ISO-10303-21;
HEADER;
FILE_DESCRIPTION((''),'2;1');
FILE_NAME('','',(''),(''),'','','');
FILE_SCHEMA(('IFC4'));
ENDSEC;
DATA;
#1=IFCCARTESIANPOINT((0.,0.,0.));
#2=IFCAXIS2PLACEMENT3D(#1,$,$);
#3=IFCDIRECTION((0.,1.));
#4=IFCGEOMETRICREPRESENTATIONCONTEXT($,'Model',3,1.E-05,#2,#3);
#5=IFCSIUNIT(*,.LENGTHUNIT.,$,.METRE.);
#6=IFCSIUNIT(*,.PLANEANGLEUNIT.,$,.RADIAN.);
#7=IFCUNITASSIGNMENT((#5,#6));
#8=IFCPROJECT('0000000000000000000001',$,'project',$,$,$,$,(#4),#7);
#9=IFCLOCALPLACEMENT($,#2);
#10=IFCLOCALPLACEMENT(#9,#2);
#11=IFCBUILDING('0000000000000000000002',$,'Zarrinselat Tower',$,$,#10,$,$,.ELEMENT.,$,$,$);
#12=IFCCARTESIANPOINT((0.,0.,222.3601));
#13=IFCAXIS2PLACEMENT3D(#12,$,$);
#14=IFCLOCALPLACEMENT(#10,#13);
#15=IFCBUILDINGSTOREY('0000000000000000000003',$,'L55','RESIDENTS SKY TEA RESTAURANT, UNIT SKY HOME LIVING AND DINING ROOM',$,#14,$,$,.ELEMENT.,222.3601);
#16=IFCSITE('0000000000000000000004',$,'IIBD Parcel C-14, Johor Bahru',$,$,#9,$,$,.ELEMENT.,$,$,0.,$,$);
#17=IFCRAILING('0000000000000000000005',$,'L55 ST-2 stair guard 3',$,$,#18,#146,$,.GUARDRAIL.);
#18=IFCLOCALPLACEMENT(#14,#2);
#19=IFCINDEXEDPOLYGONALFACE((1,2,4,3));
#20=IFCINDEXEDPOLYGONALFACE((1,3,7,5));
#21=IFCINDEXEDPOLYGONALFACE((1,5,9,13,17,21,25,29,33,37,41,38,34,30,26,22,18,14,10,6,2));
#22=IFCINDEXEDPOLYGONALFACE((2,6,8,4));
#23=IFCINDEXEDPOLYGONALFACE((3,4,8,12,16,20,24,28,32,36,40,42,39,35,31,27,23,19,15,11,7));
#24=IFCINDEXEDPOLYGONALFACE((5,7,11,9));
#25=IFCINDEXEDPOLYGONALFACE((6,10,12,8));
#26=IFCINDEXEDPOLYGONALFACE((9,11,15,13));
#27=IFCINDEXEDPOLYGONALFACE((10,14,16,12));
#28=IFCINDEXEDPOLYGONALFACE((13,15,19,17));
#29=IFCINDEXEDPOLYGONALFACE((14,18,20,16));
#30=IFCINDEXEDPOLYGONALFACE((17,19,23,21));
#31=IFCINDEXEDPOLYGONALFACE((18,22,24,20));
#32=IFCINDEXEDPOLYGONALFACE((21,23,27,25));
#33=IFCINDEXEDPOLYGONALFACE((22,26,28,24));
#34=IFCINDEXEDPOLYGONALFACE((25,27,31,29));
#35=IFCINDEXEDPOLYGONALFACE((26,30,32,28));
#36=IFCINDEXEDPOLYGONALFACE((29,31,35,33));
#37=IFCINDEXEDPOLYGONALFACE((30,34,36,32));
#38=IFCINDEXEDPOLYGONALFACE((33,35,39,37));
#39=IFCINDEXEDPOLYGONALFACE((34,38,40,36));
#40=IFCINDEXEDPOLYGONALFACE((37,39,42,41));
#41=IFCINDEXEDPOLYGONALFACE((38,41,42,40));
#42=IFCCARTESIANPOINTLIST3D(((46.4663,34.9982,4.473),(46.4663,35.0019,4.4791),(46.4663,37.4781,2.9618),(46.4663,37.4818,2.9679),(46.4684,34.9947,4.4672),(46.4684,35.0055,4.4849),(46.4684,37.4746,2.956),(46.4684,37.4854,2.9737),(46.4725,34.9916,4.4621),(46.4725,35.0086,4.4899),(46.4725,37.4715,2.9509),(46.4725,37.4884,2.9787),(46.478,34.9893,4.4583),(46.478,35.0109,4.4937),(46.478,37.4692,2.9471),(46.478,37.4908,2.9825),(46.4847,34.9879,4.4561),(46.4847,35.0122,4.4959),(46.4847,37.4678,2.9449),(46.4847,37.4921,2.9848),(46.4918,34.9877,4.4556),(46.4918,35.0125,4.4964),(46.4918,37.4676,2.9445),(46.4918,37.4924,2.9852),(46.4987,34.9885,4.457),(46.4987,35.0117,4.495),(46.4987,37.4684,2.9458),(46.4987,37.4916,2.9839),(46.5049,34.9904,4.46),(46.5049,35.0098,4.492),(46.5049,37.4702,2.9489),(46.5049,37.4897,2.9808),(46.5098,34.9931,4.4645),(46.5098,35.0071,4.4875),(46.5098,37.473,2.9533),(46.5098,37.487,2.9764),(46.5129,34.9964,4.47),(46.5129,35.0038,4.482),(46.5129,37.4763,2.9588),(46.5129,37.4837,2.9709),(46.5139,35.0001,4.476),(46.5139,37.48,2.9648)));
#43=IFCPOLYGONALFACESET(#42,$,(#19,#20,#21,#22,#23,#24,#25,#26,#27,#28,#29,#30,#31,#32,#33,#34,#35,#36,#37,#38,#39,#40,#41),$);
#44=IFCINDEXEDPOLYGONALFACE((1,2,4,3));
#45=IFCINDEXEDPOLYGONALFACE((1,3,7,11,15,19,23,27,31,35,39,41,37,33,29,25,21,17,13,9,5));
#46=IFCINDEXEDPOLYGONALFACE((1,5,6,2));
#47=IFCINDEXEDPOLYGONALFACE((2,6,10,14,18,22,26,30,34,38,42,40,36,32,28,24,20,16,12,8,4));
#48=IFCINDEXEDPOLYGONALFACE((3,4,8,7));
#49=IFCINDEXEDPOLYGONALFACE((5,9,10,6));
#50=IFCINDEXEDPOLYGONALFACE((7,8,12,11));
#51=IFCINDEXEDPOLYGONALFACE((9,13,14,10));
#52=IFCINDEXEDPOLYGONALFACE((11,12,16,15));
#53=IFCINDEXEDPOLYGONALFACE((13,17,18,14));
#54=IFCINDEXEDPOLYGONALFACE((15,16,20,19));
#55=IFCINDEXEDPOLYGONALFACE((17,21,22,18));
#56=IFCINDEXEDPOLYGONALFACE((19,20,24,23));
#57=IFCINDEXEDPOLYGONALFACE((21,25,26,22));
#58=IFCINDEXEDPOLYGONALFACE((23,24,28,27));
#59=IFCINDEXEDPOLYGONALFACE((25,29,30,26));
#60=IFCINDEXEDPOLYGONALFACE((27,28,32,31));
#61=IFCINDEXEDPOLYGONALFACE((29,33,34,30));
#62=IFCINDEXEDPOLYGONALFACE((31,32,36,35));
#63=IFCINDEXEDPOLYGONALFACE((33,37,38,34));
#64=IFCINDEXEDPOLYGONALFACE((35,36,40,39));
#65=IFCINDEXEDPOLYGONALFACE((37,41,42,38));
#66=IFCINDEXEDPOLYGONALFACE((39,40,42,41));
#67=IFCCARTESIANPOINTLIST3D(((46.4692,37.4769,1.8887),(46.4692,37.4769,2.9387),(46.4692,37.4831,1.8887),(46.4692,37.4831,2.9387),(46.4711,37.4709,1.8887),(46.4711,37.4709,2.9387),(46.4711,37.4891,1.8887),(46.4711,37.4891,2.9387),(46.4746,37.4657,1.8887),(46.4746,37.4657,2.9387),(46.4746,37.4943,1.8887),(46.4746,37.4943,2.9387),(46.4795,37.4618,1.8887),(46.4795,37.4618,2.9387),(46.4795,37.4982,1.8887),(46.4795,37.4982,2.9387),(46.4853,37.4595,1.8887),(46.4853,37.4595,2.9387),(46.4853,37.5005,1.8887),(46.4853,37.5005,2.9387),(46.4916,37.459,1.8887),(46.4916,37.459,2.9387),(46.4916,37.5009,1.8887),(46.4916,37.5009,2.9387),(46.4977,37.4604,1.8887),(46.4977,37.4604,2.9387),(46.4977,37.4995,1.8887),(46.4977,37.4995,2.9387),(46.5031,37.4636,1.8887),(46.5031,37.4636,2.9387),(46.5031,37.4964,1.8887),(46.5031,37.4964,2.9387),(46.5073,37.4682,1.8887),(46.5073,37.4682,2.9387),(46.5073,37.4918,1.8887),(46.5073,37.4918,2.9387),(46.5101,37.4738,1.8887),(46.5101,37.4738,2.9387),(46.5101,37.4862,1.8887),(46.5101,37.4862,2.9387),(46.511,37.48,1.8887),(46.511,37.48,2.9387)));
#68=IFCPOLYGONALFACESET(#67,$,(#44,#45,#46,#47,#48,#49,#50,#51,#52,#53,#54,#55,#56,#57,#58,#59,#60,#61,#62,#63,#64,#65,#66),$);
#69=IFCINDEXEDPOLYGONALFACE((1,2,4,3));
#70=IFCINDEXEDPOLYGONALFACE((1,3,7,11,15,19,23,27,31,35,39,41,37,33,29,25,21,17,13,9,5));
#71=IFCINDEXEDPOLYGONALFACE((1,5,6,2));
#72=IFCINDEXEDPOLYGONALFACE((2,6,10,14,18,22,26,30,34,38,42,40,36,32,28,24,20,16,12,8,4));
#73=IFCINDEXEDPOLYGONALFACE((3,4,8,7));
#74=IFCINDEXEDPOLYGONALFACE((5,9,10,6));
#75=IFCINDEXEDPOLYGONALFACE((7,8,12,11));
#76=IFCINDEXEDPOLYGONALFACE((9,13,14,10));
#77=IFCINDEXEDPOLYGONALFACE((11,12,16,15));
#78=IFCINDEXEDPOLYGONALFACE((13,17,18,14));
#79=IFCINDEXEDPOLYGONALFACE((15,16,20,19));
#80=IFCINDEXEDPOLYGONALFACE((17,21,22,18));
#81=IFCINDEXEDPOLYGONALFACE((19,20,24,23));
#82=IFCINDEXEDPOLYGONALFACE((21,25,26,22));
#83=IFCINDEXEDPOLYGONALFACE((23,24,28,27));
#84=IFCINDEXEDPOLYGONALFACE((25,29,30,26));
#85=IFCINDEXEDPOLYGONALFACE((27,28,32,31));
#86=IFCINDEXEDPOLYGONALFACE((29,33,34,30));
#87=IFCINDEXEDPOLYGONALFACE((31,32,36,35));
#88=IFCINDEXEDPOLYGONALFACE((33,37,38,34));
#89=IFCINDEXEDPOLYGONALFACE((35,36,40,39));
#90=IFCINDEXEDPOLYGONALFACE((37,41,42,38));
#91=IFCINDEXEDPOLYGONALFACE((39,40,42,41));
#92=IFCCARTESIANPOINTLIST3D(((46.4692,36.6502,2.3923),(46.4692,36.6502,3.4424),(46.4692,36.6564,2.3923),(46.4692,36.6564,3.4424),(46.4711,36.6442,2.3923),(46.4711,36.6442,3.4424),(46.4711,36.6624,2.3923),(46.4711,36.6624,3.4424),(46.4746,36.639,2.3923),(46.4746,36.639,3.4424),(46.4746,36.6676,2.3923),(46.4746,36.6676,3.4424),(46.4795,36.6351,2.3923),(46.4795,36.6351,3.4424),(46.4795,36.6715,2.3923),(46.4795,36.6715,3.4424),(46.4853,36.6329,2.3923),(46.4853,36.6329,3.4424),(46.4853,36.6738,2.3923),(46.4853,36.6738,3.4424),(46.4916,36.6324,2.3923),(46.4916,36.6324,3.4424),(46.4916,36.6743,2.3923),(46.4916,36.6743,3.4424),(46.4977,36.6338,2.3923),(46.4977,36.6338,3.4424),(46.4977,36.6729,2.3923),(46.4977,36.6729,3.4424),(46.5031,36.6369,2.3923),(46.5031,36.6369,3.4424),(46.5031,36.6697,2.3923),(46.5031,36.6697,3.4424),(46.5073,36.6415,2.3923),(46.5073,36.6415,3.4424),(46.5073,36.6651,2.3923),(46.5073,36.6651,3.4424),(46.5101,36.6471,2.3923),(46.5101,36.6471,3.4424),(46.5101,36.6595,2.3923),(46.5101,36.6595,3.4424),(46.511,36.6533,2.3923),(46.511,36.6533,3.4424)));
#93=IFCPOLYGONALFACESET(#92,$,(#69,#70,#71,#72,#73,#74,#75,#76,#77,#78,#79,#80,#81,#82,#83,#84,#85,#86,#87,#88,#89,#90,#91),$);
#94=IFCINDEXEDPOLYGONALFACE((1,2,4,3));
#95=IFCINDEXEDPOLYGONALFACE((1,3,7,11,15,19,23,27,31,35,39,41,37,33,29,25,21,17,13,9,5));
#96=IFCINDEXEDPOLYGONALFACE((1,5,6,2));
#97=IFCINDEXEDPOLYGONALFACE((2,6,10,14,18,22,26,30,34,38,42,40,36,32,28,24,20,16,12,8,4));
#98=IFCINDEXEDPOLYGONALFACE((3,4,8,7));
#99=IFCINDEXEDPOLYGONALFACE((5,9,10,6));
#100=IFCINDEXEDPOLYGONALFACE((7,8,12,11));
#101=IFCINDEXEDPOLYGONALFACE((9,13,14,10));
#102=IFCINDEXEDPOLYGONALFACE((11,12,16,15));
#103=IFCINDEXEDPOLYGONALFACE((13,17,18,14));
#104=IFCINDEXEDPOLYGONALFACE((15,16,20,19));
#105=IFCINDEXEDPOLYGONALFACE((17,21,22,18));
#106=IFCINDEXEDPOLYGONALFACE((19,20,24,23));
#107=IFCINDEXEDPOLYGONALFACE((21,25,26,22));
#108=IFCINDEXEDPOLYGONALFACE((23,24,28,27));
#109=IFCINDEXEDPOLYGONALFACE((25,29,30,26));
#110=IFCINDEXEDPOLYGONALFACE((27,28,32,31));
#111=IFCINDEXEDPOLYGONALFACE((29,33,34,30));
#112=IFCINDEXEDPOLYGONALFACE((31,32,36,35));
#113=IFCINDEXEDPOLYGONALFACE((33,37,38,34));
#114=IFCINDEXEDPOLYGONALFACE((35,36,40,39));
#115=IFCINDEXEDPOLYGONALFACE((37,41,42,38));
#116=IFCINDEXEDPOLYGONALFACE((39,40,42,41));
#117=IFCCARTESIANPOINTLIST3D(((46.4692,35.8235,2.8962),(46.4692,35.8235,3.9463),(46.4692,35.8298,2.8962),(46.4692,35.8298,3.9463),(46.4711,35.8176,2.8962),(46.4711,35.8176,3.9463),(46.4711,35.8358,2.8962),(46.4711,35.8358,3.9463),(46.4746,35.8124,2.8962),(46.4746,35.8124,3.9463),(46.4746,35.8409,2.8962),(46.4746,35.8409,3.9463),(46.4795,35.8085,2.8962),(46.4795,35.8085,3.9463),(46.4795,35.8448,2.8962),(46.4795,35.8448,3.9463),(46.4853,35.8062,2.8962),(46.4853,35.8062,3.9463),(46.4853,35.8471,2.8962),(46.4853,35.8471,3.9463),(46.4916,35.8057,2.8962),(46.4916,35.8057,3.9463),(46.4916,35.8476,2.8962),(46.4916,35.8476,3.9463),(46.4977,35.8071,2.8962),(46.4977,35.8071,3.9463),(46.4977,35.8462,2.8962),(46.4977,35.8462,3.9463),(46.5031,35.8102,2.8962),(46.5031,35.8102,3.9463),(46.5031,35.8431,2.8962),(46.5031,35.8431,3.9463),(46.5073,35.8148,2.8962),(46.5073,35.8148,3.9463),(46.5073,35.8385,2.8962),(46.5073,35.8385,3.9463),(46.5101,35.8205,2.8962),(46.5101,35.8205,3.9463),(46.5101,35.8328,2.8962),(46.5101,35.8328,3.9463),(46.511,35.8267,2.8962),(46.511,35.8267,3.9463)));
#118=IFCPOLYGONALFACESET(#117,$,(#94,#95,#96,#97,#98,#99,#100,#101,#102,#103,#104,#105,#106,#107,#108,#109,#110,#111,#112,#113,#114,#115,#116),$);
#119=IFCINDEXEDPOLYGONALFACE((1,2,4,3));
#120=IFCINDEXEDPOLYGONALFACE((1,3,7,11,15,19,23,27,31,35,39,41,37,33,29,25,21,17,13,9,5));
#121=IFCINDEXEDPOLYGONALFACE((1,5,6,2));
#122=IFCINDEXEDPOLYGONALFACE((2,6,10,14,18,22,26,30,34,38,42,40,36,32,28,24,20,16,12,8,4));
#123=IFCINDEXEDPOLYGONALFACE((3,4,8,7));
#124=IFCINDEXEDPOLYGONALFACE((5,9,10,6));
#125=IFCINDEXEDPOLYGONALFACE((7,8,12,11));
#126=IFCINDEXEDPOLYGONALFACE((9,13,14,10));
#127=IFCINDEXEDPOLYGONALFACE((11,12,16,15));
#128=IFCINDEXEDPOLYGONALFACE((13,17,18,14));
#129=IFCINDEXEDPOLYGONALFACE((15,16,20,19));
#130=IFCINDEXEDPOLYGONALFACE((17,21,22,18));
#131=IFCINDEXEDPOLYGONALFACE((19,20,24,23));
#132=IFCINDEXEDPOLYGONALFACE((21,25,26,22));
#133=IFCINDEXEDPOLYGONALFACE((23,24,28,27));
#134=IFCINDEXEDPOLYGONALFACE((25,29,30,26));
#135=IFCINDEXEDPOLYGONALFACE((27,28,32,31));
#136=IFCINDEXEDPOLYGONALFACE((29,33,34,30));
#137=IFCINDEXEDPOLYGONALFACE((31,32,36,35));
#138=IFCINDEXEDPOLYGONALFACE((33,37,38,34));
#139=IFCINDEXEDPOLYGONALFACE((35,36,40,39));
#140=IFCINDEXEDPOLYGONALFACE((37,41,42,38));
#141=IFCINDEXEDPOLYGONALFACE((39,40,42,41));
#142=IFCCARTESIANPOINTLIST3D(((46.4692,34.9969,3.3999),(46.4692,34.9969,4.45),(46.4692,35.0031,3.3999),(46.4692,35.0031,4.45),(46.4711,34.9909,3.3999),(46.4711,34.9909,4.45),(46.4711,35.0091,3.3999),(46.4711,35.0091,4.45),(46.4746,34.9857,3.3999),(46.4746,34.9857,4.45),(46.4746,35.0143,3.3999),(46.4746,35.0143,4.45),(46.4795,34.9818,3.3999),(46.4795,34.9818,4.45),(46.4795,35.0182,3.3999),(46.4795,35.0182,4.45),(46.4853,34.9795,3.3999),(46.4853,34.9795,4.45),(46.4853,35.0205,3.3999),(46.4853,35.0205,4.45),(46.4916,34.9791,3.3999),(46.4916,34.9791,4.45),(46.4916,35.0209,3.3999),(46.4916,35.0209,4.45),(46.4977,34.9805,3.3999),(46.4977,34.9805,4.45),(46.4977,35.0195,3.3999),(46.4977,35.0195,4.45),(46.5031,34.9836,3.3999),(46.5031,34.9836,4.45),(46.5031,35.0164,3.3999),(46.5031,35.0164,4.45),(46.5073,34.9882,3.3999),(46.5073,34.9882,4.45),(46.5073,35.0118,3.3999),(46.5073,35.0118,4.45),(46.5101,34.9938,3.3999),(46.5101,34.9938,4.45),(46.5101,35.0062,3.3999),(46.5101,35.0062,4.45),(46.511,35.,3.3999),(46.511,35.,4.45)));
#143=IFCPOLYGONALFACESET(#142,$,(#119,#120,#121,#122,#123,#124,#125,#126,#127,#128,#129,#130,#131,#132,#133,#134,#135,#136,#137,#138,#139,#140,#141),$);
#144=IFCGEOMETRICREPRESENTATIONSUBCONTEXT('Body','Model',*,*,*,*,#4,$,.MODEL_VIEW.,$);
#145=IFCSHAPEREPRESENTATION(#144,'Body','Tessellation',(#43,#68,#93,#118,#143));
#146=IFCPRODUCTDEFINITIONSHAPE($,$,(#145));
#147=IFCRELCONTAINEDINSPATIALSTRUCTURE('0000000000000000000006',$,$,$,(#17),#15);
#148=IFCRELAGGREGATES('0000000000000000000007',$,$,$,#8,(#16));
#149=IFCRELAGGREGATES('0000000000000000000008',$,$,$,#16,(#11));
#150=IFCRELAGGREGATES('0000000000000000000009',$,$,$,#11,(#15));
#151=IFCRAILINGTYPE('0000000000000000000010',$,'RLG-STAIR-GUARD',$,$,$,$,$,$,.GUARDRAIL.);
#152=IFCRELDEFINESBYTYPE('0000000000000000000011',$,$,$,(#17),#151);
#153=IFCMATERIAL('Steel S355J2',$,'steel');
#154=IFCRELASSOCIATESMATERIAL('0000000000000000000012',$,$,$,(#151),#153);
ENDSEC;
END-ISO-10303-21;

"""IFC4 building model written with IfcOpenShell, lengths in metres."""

from ifc_helpers import new_model, si_unit, direction, frame, origin, origin_2d, place, context, subcontext, project, spatial, circle, extrude, material, type_object, element, save


model = new_model("IFC4")

# Units and contexts
model_context = context("Model", 3, precision=1e-05, world=origin(), true_north=direction((0.0, 1.0)))
body_context = subcontext(model_context, "Body", "Model", "MODEL_VIEW")
ifc_project = project(units=[si_unit("LENGTHUNIT", "METRE"), si_unit("PLANEANGLEUNIT", "RADIAN")], contexts=[model_context])

# Site, building, storey
site_placement = place(None, origin())
site = spatial("IfcSite", under=ifc_project, at=site_placement, Name="IIBD Parcel C-14, Johor Bahru", CompositionType="ELEMENT", RefElevation=0.0)
building_placement = place(site_placement, origin())
building = spatial("IfcBuilding", under=site, at=building_placement, Name="Zarrinselat Tower", CompositionType="ELEMENT")
storey_placement = place(building_placement, frame((0.0, 0.0, 222.3601)))
storey = spatial("IfcBuildingStorey", under=building, at=storey_placement, Name="L55", Description="RESIDENTS SKY TEA RESTAURANT, UNIT SKY HOME LIVING AND DINING ROOM", CompositionType="ELEMENT", Elevation=222.3601)

# Railing
ifc_material_1 = material(Name="Steel S355J2", Category="steel")
railing_type_1 = type_object("IfcRailingType", Name="RLG-STAIR-GUARD", PredefinedType="GUARDRAIL", material=ifc_material_1)
railing_1_placement = place(storey_placement, frame((46.49, 37.48, 1.8887)))
element("IfcRailing", 1, at=railing_1_placement, inside=storey, type_object=railing_type_1, Name="L55 ST-2 stair guard 3", PredefinedType="GUARDRAIL", context=body_context, shape_type="SweptSolid", body=[
    extrude(circle(Radius=0.0239, at=origin_2d()), frame((0.0, 0.0, 1.0762), z_axis=(0.0, -0.853942, 0.520368), x_axis=(1.0, 0.0, 0.0)), (0.0, 0.0, 1.0), 2.9041),
    extrude(circle(Radius=0.021, at=origin_2d()), origin(), (0.0, 0.0, 1.0), 1.05),
    extrude(circle(Radius=0.021, at=origin_2d()), frame((0.0, -0.8267, 0.5037)), (0.0, 0.0, 1.0), 1.05),
    extrude(circle(Radius=0.021, at=origin_2d()), frame((0.0, -1.6533, 1.0076)), (0.0, 0.0, 1.0), 1.05),
    extrude(circle(Radius=0.021, at=origin_2d()), frame((0.0, -2.48, 1.5112)), (0.0, 0.0, 1.0), 1.05),
])

save(model, "model.ifc")
